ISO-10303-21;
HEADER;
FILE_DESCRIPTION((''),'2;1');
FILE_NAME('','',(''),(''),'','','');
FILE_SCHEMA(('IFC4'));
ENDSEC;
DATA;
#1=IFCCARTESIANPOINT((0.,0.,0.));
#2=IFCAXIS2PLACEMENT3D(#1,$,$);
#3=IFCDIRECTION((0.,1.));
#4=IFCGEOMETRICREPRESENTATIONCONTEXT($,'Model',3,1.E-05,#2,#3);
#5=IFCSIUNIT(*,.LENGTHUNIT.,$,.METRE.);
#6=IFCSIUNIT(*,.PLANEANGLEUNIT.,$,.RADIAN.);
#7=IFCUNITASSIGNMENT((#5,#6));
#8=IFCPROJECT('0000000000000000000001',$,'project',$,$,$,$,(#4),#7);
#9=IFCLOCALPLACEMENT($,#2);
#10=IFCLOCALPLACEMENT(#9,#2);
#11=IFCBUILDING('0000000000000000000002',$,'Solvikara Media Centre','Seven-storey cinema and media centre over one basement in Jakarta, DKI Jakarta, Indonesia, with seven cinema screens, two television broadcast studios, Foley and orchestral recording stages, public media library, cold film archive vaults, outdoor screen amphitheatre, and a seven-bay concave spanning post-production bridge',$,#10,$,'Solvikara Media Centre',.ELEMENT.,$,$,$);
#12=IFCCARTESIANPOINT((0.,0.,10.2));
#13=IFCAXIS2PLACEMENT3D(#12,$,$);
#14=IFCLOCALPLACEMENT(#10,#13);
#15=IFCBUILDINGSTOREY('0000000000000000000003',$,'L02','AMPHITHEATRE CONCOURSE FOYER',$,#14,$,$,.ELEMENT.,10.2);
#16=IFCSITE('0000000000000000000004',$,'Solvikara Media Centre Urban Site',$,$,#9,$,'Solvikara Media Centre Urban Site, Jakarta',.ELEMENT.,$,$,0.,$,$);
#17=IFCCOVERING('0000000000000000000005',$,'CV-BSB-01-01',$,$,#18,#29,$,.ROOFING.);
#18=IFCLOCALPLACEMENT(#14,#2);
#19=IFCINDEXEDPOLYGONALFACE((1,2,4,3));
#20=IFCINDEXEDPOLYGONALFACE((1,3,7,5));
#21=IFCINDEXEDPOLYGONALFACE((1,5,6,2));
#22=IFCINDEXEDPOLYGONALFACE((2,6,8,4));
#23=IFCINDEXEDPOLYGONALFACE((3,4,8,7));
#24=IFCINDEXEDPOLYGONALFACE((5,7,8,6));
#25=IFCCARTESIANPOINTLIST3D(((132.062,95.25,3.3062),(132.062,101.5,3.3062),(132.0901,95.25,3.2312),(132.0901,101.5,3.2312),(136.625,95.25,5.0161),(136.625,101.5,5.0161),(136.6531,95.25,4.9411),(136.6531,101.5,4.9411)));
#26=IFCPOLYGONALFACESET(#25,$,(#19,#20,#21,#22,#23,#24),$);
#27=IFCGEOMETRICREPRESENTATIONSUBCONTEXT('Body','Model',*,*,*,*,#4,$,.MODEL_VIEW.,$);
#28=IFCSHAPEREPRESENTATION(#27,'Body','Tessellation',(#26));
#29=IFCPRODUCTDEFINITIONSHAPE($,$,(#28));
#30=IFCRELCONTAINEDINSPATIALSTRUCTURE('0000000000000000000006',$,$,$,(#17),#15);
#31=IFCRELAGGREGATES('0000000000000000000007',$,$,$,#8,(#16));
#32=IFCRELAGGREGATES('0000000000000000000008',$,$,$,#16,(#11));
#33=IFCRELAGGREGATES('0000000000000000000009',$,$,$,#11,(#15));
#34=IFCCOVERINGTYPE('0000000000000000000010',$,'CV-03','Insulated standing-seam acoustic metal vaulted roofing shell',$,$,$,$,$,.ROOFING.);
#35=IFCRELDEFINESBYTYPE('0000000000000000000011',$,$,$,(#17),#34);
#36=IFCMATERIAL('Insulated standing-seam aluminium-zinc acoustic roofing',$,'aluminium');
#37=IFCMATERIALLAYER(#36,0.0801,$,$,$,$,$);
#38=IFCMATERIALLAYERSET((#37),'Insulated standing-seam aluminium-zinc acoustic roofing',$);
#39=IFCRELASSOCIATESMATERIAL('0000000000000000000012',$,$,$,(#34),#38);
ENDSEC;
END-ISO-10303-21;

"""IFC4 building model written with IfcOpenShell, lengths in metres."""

from ifc_helpers import new_model, si_unit, direction, frame, origin, place, context, subcontext, project, spatial, polyline, outline, extrude, material, layer, layer_set, type_object, element, save


model = new_model("IFC4")

# Units and contexts
model_context = context("Model", 3, precision=1e-05, world=origin(), true_north=direction((0.0, 1.0)))
body_context = subcontext(model_context, "Body", "Model", "MODEL_VIEW")
ifc_project = project(units=[si_unit("LENGTHUNIT", "METRE"), si_unit("PLANEANGLEUNIT", "RADIAN")], contexts=[model_context])

# Site, building, storey
site_placement = place(None, origin())
site = spatial("IfcSite", under=ifc_project, at=site_placement, Name="Solvikara Media Centre Urban Site", LongName="Solvikara Media Centre Urban Site, Jakarta", CompositionType="ELEMENT", RefElevation=0.0)
building_placement = place(site_placement, origin())
building = spatial("IfcBuilding", under=site, at=building_placement, Name="Solvikara Media Centre", Description="Seven-storey cinema and media centre over one basement in Jakarta, DKI Jakarta, Indonesia, with seven cinema screens, two television broadcast studios, Foley and orchestral recording stages, public media library, cold film archive vaults, outdoor screen amphitheatre, and a seven-bay concave spanning post-production bridge", LongName="Solvikara Media Centre", CompositionType="ELEMENT")
storey_placement = place(building_placement, frame((0.0, 0.0, 10.2)))
storey = spatial("IfcBuildingStorey", under=building, at=storey_placement, Name="L02", Description="AMPHITHEATRE CONCOURSE FOYER", CompositionType="ELEMENT", Elevation=10.2)

# Shared definitions
ifc_material_1 = material(Name="Insulated standing-seam aluminium-zinc acoustic roofing", Category="aluminium")

# Covering
ifc_layer_1 = layer(ifc_material_1, 0.0801)
ifc_layer_set_1 = layer_set([ifc_layer_1], Name="Insulated standing-seam aluminium-zinc acoustic roofing")
covering_type = type_object("IfcCoveringType", Name="CV-03", Description="Insulated standing-seam acoustic metal vaulted roofing shell", PredefinedType="ROOFING", material=ifc_layer_set_1)
covering_1_placement = place(storey_placement, frame((132.062, 95.25, 3.3062), z_axis=(-0.350915, 0.0, 0.936407), x_axis=(0.936407, 0.0, 0.350915)))
element("IfcCovering", 1, at=covering_1_placement, inside=storey, type_object=covering_type, Name="CV-BSB-01-01", PredefinedType="ROOFING", context=body_context, shape_type="SweptSolid", body=[
    extrude(outline(polyline([(0.0, 0.0), (4.8729, 0.0), (4.8729, 6.25), (0.0, 6.25), (0.0, 0.0)])), origin(), (0.0, 0.0, -1.0), 0.0801),
])

save(model, "model.ifc")
